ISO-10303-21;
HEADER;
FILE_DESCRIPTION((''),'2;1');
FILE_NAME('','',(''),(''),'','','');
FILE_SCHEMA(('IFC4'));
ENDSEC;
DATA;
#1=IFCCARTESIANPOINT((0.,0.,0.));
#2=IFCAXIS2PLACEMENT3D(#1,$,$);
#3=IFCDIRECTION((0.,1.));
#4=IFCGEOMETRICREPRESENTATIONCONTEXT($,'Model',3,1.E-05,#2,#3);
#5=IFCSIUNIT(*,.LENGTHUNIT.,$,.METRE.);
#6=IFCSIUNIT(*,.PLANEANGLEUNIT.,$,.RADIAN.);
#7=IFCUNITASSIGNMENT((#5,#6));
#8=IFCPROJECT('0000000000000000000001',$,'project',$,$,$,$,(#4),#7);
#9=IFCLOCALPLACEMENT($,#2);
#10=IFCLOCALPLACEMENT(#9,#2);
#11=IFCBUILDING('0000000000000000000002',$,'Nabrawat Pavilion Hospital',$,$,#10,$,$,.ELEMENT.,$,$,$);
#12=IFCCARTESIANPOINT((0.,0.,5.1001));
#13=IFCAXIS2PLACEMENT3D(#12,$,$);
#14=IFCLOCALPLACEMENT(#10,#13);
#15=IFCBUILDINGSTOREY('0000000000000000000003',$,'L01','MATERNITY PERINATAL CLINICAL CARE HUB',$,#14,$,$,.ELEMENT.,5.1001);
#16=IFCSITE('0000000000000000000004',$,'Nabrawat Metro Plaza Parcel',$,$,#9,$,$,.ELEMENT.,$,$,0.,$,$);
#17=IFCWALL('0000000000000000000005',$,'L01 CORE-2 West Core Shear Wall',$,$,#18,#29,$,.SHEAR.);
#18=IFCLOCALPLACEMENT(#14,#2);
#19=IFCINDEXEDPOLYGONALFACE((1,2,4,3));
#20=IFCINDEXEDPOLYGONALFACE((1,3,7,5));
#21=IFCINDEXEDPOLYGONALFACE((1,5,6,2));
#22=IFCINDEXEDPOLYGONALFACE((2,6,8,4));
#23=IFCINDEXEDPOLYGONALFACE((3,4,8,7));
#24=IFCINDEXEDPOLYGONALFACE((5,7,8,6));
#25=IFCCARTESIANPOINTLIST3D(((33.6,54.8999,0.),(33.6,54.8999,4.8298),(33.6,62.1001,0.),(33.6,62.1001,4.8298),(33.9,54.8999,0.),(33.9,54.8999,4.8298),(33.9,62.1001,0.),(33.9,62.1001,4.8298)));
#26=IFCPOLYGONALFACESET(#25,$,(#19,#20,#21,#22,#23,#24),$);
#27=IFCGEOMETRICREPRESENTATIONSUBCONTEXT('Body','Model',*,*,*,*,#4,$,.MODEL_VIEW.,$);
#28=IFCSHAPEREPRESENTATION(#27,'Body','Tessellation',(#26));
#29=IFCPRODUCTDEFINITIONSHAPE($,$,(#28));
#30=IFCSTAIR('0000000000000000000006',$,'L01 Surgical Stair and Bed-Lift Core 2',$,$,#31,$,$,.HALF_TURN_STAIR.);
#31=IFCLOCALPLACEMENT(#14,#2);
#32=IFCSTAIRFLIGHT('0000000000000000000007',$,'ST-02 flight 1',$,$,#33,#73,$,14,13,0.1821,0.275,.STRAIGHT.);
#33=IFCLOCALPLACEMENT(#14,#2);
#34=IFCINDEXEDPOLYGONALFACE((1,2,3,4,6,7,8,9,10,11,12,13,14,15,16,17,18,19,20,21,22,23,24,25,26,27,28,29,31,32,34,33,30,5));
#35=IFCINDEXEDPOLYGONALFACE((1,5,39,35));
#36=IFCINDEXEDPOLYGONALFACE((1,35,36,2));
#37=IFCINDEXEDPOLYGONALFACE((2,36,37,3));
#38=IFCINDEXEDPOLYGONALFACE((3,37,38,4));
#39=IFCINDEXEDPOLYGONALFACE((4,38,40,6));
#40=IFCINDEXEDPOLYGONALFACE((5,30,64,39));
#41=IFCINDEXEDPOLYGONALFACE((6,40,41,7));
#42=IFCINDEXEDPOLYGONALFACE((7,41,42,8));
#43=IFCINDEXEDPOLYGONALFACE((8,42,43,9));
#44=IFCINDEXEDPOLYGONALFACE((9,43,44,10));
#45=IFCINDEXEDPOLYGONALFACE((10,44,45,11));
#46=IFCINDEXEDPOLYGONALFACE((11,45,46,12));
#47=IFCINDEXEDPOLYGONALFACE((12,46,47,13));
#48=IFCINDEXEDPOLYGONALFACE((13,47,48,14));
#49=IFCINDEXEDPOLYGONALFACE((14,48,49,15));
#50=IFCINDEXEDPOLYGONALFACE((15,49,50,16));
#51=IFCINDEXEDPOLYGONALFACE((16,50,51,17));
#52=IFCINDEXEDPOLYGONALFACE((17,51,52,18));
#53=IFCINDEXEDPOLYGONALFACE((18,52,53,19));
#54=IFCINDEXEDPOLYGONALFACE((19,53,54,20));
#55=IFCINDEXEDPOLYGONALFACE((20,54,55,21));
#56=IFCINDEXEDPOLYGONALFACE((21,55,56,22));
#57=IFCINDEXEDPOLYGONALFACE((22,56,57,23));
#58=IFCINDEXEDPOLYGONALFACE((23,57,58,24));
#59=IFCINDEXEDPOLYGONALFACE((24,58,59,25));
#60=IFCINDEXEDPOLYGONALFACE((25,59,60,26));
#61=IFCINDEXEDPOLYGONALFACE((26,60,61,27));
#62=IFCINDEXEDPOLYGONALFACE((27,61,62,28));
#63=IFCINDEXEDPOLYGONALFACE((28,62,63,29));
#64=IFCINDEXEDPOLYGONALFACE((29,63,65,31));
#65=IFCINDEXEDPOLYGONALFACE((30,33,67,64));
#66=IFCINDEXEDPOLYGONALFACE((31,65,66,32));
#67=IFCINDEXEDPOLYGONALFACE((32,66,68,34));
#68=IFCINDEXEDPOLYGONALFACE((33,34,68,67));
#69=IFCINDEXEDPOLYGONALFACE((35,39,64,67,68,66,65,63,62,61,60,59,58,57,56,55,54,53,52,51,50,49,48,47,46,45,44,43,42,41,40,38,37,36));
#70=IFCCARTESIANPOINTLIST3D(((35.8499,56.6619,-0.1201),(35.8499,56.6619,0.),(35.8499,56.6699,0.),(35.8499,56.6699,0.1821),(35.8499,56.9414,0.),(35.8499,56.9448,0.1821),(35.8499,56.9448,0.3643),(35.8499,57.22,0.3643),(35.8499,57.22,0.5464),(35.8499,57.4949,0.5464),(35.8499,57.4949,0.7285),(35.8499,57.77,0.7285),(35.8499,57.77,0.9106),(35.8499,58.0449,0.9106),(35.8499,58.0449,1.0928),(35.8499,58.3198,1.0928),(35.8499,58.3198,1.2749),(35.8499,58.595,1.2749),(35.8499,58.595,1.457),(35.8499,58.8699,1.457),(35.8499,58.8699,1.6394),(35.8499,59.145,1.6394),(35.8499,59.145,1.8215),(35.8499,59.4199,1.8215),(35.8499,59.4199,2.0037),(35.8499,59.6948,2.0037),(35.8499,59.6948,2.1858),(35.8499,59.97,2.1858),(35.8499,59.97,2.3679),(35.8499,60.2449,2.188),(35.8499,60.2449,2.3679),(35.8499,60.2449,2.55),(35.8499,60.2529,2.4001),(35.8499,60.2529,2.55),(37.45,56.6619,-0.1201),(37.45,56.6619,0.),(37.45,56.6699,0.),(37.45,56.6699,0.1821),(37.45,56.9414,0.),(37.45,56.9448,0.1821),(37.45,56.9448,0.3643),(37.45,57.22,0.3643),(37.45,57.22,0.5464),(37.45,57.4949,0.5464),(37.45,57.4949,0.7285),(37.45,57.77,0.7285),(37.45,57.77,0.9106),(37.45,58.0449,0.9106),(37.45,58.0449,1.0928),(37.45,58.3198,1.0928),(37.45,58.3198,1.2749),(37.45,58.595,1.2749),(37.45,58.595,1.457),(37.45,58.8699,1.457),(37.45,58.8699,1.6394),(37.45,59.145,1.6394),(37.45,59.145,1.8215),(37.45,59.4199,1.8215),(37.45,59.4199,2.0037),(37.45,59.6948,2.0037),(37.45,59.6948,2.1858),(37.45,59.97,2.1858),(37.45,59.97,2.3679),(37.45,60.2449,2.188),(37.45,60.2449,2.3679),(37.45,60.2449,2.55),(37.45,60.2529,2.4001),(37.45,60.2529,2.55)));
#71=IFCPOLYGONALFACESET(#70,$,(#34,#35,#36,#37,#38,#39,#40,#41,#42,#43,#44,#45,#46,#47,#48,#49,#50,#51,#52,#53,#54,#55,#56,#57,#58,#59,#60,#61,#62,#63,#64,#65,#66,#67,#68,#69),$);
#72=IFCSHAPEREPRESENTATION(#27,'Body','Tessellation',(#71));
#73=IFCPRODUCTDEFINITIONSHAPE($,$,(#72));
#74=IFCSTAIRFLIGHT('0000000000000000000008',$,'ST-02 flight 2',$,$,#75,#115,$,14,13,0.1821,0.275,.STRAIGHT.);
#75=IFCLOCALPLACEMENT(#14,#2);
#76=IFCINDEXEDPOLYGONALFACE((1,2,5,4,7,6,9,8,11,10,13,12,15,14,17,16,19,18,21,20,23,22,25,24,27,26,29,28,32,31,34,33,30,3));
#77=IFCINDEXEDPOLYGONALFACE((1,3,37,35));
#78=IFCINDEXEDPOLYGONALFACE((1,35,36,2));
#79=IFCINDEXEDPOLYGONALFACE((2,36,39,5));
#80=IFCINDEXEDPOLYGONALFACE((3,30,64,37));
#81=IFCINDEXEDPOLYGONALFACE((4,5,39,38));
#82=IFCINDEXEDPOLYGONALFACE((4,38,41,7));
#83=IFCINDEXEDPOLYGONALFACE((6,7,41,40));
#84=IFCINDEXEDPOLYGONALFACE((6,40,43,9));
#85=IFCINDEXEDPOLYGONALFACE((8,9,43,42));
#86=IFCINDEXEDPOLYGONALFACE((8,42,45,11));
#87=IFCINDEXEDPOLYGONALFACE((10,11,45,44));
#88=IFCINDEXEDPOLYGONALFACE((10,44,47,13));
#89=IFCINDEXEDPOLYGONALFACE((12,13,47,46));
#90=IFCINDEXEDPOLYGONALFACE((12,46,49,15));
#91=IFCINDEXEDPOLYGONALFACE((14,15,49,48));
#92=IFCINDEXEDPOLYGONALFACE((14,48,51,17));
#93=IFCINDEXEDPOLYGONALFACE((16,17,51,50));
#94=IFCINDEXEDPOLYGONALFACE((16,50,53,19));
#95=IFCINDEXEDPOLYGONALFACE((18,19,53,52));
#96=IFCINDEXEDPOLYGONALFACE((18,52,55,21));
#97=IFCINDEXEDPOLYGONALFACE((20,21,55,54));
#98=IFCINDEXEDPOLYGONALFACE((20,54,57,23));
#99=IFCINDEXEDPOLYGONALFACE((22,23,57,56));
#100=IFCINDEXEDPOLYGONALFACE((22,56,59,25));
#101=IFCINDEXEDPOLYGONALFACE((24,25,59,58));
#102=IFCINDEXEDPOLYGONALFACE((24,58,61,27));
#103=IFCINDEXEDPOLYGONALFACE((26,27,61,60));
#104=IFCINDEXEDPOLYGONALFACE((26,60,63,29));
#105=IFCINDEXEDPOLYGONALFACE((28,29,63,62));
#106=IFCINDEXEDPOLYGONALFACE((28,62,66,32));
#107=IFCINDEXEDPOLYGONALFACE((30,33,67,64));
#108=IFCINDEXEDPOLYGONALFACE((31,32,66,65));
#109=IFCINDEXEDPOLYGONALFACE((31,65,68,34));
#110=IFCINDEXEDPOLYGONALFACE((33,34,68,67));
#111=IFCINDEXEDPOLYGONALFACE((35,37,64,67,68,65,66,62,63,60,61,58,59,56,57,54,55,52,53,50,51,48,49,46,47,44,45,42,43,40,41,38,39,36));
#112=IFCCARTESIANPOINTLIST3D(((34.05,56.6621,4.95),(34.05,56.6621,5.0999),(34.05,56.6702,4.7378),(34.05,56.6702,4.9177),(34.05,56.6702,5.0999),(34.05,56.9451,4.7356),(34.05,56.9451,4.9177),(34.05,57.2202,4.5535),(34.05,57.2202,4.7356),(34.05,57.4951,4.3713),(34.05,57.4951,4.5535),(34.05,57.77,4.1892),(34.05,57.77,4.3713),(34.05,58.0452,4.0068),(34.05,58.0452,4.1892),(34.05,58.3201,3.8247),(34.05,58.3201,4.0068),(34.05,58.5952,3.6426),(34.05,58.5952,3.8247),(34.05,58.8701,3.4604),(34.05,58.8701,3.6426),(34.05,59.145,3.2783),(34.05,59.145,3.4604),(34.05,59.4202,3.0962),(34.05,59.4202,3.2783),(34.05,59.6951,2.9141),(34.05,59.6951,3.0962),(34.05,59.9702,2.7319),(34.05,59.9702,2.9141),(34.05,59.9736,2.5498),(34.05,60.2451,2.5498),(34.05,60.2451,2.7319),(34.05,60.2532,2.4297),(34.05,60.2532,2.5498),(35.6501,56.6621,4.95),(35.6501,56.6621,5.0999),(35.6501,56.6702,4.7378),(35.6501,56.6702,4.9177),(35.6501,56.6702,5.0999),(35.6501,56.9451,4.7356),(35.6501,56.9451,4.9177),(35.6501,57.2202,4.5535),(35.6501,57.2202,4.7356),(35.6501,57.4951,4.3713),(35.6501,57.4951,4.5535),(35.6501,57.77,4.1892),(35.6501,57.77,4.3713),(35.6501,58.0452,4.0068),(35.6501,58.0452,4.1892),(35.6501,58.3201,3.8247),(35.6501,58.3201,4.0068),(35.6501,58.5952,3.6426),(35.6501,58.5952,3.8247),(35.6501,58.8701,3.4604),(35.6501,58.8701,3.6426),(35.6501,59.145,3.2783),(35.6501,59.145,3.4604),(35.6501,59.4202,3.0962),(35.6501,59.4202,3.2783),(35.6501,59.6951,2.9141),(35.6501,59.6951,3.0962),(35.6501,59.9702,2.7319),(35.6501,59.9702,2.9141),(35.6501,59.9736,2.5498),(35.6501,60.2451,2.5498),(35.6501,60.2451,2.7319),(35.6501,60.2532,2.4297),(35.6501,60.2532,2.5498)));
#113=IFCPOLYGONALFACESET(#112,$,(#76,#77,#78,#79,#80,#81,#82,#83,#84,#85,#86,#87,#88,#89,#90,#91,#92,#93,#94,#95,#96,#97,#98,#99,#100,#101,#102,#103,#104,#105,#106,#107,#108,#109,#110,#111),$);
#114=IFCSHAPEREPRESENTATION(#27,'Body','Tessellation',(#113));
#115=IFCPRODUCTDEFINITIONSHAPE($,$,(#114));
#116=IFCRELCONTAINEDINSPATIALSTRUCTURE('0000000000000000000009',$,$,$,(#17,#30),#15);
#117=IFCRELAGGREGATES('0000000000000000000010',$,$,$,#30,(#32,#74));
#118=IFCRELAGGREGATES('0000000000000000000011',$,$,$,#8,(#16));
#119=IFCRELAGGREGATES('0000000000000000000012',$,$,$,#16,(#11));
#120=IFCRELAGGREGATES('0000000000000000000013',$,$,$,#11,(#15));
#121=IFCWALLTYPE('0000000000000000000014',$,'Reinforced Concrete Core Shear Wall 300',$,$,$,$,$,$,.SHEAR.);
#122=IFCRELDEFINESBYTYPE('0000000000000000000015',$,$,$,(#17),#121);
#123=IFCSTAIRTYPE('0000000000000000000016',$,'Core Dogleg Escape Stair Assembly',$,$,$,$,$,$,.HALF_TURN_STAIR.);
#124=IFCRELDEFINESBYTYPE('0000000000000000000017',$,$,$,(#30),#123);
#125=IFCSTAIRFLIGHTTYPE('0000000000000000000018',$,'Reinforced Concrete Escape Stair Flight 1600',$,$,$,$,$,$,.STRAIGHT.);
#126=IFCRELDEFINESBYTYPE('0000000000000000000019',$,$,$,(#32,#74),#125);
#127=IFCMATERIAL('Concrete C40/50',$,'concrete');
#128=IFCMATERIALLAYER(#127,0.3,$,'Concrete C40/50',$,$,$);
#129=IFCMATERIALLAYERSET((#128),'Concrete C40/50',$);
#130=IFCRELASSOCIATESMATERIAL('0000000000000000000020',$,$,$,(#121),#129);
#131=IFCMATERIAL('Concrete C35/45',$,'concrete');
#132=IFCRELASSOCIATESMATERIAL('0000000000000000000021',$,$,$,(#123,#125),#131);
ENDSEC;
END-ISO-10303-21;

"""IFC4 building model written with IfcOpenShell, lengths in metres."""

from ifc_helpers import new_model, si_unit, direction, frame, frame_2d, origin, place, context, subcontext, project, spatial, polyline, rectangle, outline, extrude, material, layer, layer_set, type_object, element, aggregate, save


model = new_model("IFC4")

# Units and contexts
model_context = context("Model", 3, precision=1e-05, world=origin(), true_north=direction((0.0, 1.0)))
body_context = subcontext(model_context, "Body", "Model", "MODEL_VIEW")
ifc_project = project(units=[si_unit("LENGTHUNIT", "METRE"), si_unit("PLANEANGLEUNIT", "RADIAN")], contexts=[model_context])

# Site, building, storey
site_placement = place(None, origin())
site = spatial("IfcSite", under=ifc_project, at=site_placement, Name="Nabrawat Metro Plaza Parcel", CompositionType="ELEMENT", RefElevation=0.0)
building_placement = place(site_placement, origin())
building = spatial("IfcBuilding", under=site, at=building_placement, Name="Nabrawat Pavilion Hospital", CompositionType="ELEMENT")
storey_placement = place(building_placement, frame((0.0, 0.0, 5.1001)))
storey = spatial("IfcBuildingStorey", under=building, at=storey_placement, Name="L01", Description="MATERNITY PERINATAL CLINICAL CARE HUB", CompositionType="ELEMENT", Elevation=5.1001)

# Shared definitions
ifc_material_1 = material(Name="Concrete C35/45", Category="concrete")

# Shared definitions
ifc_material_2 = material(Name="Concrete C40/50", Category="concrete")
ifc_layer_1 = layer(ifc_material_2, 0.3, Name="Concrete C40/50")
ifc_layer_set_1 = layer_set([ifc_layer_1], Name="Concrete C40/50")
wall_type_1 = type_object("IfcWallType", Name="Reinforced Concrete Core Shear Wall 300", PredefinedType="SHEAR", material=ifc_layer_set_1)

# Wall
wall_1_placement = place(storey_placement, frame((33.75, 54.8999, 0.0), z_axis=(0.0, 0.0, 1.0), x_axis=(0.0, 1.0, 0.0)))
element("IfcWall", 1, at=wall_1_placement, inside=storey, type_object=wall_type_1, Name="L01 CORE-2 West Core Shear Wall", PredefinedType="SHEAR", context=body_context, shape_type="SweptSolid", body=[
    extrude(rectangle(XDim=7.2002, YDim=0.3, at=frame_2d((3.6001, 0.0))), origin(), (0.0, 0.0, 1.0), 4.8298),
])

# Stair, stair flights
stair_type = type_object("IfcStairType", Name="Core Dogleg Escape Stair Assembly", PredefinedType="HALF_TURN_STAIR", material=ifc_material_1)
stair_placement = place(storey_placement, origin())
stair = element("IfcStair", 2, at=stair_placement, inside=storey, type_object=stair_type, Name="L01 Surgical Stair and Bed-Lift Core 2", PredefinedType="HALF_TURN_STAIR")
stair_flight_type = type_object("IfcStairFlightType", Name="Reinforced Concrete Escape Stair Flight 1600", PredefinedType="STRAIGHT", material=ifc_material_1)
stair_flight_1_placement = place(storey_placement, frame((36.6499, 56.6699, 0.0), z_axis=(0.0, 0.0, 1.0), x_axis=(0.0, 1.0, 0.0)))
stair_flight_1 = element("IfcStairFlight", 3, at=stair_flight_1_placement, type_object=stair_flight_type, Name="ST-02 flight 1", NumberOfRisers=14, NumberOfTreads=13, PredefinedType="STRAIGHT", RiserHeight=0.1821, TreadLength=0.275, context=body_context, shape_type="SweptSolid", body=[
    extrude(outline(polyline([(-0.0081, 0.0), (0.0, 0.0), (0.0, 0.1821), (0.2749, 0.1821), (0.2749, 0.3643), (0.55, 0.3643), (0.55, 0.5464), (0.825, 0.5464), (0.825, 0.7285), (1.1001, 0.7285), (1.1001, 0.9106), (1.375, 0.9106), (1.375, 1.0928), (1.6499, 1.0928), (1.6499, 1.2749), (1.925, 1.2749), (1.925, 1.457), (2.2, 1.457), (2.2, 1.6394), (2.4751, 1.6394), (2.4751, 1.8215), (2.75, 1.8215), (2.75, 2.0037), (3.0249, 2.0037), (3.0249, 2.1858), (3.3, 2.1858), (3.3, 2.3679), (3.575, 2.3679), (3.575, 2.55), (3.583, 2.55), (3.583, 2.4001), (3.575, 2.188), (0.2715, 0.0), (-0.0081, -0.1201), (-0.0081, 0.0)])), frame((0.0, 0.8, 0.0), z_axis=(0.0, -1.0, 0.0), x_axis=(1.0, 0.0, 0.0)), (0.0, 0.0, 1.0), 1.6001),
])
stair_flight_2_placement = place(storey_placement, frame((34.8501, 60.2451, 2.5498), z_axis=(0.0, 0.0, 1.0), x_axis=(0.0, -1.0, 0.0)))
stair_flight_2 = element("IfcStairFlight", 4, at=stair_flight_2_placement, type_object=stair_flight_type, Name="ST-02 flight 2", NumberOfRisers=14, NumberOfTreads=13, PredefinedType="STRAIGHT", RiserHeight=0.1821, TreadLength=0.275, context=body_context, shape_type="SweptSolid", body=[
    extrude(outline(polyline([(-0.0081, 0.0), (0.0, 0.0), (0.0, 0.1821), (0.2749, 0.1821), (0.2749, 0.3643), (0.55, 0.3643), (0.55, 0.5464), (0.825, 0.5464), (0.825, 0.7285), (1.1001, 0.7285), (1.1001, 0.9106), (1.375, 0.9106), (1.375, 1.0928), (1.6499, 1.0928), (1.6499, 1.2749), (1.925, 1.2749), (1.925, 1.457), (2.2, 1.457), (2.2, 1.6394), (2.4751, 1.6394), (2.4751, 1.8215), (2.75, 1.8215), (2.75, 2.0037), (3.0249, 2.0037), (3.0249, 2.1858), (3.3, 2.1858), (3.3, 2.3679), (3.575, 2.3679), (3.575, 2.55), (3.583, 2.55), (3.583, 2.4001), (3.575, 2.188), (0.2715, 0.0), (-0.0081, -0.1201), (-0.0081, 0.0)])), frame((0.0, 0.8, 0.0), z_axis=(0.0, -1.0, 0.0), x_axis=(1.0, 0.0, 0.0)), (0.0, 0.0, 1.0), 1.6001),
])
aggregate(stair, [stair_flight_1, stair_flight_2])

save(model, "model.ifc")
